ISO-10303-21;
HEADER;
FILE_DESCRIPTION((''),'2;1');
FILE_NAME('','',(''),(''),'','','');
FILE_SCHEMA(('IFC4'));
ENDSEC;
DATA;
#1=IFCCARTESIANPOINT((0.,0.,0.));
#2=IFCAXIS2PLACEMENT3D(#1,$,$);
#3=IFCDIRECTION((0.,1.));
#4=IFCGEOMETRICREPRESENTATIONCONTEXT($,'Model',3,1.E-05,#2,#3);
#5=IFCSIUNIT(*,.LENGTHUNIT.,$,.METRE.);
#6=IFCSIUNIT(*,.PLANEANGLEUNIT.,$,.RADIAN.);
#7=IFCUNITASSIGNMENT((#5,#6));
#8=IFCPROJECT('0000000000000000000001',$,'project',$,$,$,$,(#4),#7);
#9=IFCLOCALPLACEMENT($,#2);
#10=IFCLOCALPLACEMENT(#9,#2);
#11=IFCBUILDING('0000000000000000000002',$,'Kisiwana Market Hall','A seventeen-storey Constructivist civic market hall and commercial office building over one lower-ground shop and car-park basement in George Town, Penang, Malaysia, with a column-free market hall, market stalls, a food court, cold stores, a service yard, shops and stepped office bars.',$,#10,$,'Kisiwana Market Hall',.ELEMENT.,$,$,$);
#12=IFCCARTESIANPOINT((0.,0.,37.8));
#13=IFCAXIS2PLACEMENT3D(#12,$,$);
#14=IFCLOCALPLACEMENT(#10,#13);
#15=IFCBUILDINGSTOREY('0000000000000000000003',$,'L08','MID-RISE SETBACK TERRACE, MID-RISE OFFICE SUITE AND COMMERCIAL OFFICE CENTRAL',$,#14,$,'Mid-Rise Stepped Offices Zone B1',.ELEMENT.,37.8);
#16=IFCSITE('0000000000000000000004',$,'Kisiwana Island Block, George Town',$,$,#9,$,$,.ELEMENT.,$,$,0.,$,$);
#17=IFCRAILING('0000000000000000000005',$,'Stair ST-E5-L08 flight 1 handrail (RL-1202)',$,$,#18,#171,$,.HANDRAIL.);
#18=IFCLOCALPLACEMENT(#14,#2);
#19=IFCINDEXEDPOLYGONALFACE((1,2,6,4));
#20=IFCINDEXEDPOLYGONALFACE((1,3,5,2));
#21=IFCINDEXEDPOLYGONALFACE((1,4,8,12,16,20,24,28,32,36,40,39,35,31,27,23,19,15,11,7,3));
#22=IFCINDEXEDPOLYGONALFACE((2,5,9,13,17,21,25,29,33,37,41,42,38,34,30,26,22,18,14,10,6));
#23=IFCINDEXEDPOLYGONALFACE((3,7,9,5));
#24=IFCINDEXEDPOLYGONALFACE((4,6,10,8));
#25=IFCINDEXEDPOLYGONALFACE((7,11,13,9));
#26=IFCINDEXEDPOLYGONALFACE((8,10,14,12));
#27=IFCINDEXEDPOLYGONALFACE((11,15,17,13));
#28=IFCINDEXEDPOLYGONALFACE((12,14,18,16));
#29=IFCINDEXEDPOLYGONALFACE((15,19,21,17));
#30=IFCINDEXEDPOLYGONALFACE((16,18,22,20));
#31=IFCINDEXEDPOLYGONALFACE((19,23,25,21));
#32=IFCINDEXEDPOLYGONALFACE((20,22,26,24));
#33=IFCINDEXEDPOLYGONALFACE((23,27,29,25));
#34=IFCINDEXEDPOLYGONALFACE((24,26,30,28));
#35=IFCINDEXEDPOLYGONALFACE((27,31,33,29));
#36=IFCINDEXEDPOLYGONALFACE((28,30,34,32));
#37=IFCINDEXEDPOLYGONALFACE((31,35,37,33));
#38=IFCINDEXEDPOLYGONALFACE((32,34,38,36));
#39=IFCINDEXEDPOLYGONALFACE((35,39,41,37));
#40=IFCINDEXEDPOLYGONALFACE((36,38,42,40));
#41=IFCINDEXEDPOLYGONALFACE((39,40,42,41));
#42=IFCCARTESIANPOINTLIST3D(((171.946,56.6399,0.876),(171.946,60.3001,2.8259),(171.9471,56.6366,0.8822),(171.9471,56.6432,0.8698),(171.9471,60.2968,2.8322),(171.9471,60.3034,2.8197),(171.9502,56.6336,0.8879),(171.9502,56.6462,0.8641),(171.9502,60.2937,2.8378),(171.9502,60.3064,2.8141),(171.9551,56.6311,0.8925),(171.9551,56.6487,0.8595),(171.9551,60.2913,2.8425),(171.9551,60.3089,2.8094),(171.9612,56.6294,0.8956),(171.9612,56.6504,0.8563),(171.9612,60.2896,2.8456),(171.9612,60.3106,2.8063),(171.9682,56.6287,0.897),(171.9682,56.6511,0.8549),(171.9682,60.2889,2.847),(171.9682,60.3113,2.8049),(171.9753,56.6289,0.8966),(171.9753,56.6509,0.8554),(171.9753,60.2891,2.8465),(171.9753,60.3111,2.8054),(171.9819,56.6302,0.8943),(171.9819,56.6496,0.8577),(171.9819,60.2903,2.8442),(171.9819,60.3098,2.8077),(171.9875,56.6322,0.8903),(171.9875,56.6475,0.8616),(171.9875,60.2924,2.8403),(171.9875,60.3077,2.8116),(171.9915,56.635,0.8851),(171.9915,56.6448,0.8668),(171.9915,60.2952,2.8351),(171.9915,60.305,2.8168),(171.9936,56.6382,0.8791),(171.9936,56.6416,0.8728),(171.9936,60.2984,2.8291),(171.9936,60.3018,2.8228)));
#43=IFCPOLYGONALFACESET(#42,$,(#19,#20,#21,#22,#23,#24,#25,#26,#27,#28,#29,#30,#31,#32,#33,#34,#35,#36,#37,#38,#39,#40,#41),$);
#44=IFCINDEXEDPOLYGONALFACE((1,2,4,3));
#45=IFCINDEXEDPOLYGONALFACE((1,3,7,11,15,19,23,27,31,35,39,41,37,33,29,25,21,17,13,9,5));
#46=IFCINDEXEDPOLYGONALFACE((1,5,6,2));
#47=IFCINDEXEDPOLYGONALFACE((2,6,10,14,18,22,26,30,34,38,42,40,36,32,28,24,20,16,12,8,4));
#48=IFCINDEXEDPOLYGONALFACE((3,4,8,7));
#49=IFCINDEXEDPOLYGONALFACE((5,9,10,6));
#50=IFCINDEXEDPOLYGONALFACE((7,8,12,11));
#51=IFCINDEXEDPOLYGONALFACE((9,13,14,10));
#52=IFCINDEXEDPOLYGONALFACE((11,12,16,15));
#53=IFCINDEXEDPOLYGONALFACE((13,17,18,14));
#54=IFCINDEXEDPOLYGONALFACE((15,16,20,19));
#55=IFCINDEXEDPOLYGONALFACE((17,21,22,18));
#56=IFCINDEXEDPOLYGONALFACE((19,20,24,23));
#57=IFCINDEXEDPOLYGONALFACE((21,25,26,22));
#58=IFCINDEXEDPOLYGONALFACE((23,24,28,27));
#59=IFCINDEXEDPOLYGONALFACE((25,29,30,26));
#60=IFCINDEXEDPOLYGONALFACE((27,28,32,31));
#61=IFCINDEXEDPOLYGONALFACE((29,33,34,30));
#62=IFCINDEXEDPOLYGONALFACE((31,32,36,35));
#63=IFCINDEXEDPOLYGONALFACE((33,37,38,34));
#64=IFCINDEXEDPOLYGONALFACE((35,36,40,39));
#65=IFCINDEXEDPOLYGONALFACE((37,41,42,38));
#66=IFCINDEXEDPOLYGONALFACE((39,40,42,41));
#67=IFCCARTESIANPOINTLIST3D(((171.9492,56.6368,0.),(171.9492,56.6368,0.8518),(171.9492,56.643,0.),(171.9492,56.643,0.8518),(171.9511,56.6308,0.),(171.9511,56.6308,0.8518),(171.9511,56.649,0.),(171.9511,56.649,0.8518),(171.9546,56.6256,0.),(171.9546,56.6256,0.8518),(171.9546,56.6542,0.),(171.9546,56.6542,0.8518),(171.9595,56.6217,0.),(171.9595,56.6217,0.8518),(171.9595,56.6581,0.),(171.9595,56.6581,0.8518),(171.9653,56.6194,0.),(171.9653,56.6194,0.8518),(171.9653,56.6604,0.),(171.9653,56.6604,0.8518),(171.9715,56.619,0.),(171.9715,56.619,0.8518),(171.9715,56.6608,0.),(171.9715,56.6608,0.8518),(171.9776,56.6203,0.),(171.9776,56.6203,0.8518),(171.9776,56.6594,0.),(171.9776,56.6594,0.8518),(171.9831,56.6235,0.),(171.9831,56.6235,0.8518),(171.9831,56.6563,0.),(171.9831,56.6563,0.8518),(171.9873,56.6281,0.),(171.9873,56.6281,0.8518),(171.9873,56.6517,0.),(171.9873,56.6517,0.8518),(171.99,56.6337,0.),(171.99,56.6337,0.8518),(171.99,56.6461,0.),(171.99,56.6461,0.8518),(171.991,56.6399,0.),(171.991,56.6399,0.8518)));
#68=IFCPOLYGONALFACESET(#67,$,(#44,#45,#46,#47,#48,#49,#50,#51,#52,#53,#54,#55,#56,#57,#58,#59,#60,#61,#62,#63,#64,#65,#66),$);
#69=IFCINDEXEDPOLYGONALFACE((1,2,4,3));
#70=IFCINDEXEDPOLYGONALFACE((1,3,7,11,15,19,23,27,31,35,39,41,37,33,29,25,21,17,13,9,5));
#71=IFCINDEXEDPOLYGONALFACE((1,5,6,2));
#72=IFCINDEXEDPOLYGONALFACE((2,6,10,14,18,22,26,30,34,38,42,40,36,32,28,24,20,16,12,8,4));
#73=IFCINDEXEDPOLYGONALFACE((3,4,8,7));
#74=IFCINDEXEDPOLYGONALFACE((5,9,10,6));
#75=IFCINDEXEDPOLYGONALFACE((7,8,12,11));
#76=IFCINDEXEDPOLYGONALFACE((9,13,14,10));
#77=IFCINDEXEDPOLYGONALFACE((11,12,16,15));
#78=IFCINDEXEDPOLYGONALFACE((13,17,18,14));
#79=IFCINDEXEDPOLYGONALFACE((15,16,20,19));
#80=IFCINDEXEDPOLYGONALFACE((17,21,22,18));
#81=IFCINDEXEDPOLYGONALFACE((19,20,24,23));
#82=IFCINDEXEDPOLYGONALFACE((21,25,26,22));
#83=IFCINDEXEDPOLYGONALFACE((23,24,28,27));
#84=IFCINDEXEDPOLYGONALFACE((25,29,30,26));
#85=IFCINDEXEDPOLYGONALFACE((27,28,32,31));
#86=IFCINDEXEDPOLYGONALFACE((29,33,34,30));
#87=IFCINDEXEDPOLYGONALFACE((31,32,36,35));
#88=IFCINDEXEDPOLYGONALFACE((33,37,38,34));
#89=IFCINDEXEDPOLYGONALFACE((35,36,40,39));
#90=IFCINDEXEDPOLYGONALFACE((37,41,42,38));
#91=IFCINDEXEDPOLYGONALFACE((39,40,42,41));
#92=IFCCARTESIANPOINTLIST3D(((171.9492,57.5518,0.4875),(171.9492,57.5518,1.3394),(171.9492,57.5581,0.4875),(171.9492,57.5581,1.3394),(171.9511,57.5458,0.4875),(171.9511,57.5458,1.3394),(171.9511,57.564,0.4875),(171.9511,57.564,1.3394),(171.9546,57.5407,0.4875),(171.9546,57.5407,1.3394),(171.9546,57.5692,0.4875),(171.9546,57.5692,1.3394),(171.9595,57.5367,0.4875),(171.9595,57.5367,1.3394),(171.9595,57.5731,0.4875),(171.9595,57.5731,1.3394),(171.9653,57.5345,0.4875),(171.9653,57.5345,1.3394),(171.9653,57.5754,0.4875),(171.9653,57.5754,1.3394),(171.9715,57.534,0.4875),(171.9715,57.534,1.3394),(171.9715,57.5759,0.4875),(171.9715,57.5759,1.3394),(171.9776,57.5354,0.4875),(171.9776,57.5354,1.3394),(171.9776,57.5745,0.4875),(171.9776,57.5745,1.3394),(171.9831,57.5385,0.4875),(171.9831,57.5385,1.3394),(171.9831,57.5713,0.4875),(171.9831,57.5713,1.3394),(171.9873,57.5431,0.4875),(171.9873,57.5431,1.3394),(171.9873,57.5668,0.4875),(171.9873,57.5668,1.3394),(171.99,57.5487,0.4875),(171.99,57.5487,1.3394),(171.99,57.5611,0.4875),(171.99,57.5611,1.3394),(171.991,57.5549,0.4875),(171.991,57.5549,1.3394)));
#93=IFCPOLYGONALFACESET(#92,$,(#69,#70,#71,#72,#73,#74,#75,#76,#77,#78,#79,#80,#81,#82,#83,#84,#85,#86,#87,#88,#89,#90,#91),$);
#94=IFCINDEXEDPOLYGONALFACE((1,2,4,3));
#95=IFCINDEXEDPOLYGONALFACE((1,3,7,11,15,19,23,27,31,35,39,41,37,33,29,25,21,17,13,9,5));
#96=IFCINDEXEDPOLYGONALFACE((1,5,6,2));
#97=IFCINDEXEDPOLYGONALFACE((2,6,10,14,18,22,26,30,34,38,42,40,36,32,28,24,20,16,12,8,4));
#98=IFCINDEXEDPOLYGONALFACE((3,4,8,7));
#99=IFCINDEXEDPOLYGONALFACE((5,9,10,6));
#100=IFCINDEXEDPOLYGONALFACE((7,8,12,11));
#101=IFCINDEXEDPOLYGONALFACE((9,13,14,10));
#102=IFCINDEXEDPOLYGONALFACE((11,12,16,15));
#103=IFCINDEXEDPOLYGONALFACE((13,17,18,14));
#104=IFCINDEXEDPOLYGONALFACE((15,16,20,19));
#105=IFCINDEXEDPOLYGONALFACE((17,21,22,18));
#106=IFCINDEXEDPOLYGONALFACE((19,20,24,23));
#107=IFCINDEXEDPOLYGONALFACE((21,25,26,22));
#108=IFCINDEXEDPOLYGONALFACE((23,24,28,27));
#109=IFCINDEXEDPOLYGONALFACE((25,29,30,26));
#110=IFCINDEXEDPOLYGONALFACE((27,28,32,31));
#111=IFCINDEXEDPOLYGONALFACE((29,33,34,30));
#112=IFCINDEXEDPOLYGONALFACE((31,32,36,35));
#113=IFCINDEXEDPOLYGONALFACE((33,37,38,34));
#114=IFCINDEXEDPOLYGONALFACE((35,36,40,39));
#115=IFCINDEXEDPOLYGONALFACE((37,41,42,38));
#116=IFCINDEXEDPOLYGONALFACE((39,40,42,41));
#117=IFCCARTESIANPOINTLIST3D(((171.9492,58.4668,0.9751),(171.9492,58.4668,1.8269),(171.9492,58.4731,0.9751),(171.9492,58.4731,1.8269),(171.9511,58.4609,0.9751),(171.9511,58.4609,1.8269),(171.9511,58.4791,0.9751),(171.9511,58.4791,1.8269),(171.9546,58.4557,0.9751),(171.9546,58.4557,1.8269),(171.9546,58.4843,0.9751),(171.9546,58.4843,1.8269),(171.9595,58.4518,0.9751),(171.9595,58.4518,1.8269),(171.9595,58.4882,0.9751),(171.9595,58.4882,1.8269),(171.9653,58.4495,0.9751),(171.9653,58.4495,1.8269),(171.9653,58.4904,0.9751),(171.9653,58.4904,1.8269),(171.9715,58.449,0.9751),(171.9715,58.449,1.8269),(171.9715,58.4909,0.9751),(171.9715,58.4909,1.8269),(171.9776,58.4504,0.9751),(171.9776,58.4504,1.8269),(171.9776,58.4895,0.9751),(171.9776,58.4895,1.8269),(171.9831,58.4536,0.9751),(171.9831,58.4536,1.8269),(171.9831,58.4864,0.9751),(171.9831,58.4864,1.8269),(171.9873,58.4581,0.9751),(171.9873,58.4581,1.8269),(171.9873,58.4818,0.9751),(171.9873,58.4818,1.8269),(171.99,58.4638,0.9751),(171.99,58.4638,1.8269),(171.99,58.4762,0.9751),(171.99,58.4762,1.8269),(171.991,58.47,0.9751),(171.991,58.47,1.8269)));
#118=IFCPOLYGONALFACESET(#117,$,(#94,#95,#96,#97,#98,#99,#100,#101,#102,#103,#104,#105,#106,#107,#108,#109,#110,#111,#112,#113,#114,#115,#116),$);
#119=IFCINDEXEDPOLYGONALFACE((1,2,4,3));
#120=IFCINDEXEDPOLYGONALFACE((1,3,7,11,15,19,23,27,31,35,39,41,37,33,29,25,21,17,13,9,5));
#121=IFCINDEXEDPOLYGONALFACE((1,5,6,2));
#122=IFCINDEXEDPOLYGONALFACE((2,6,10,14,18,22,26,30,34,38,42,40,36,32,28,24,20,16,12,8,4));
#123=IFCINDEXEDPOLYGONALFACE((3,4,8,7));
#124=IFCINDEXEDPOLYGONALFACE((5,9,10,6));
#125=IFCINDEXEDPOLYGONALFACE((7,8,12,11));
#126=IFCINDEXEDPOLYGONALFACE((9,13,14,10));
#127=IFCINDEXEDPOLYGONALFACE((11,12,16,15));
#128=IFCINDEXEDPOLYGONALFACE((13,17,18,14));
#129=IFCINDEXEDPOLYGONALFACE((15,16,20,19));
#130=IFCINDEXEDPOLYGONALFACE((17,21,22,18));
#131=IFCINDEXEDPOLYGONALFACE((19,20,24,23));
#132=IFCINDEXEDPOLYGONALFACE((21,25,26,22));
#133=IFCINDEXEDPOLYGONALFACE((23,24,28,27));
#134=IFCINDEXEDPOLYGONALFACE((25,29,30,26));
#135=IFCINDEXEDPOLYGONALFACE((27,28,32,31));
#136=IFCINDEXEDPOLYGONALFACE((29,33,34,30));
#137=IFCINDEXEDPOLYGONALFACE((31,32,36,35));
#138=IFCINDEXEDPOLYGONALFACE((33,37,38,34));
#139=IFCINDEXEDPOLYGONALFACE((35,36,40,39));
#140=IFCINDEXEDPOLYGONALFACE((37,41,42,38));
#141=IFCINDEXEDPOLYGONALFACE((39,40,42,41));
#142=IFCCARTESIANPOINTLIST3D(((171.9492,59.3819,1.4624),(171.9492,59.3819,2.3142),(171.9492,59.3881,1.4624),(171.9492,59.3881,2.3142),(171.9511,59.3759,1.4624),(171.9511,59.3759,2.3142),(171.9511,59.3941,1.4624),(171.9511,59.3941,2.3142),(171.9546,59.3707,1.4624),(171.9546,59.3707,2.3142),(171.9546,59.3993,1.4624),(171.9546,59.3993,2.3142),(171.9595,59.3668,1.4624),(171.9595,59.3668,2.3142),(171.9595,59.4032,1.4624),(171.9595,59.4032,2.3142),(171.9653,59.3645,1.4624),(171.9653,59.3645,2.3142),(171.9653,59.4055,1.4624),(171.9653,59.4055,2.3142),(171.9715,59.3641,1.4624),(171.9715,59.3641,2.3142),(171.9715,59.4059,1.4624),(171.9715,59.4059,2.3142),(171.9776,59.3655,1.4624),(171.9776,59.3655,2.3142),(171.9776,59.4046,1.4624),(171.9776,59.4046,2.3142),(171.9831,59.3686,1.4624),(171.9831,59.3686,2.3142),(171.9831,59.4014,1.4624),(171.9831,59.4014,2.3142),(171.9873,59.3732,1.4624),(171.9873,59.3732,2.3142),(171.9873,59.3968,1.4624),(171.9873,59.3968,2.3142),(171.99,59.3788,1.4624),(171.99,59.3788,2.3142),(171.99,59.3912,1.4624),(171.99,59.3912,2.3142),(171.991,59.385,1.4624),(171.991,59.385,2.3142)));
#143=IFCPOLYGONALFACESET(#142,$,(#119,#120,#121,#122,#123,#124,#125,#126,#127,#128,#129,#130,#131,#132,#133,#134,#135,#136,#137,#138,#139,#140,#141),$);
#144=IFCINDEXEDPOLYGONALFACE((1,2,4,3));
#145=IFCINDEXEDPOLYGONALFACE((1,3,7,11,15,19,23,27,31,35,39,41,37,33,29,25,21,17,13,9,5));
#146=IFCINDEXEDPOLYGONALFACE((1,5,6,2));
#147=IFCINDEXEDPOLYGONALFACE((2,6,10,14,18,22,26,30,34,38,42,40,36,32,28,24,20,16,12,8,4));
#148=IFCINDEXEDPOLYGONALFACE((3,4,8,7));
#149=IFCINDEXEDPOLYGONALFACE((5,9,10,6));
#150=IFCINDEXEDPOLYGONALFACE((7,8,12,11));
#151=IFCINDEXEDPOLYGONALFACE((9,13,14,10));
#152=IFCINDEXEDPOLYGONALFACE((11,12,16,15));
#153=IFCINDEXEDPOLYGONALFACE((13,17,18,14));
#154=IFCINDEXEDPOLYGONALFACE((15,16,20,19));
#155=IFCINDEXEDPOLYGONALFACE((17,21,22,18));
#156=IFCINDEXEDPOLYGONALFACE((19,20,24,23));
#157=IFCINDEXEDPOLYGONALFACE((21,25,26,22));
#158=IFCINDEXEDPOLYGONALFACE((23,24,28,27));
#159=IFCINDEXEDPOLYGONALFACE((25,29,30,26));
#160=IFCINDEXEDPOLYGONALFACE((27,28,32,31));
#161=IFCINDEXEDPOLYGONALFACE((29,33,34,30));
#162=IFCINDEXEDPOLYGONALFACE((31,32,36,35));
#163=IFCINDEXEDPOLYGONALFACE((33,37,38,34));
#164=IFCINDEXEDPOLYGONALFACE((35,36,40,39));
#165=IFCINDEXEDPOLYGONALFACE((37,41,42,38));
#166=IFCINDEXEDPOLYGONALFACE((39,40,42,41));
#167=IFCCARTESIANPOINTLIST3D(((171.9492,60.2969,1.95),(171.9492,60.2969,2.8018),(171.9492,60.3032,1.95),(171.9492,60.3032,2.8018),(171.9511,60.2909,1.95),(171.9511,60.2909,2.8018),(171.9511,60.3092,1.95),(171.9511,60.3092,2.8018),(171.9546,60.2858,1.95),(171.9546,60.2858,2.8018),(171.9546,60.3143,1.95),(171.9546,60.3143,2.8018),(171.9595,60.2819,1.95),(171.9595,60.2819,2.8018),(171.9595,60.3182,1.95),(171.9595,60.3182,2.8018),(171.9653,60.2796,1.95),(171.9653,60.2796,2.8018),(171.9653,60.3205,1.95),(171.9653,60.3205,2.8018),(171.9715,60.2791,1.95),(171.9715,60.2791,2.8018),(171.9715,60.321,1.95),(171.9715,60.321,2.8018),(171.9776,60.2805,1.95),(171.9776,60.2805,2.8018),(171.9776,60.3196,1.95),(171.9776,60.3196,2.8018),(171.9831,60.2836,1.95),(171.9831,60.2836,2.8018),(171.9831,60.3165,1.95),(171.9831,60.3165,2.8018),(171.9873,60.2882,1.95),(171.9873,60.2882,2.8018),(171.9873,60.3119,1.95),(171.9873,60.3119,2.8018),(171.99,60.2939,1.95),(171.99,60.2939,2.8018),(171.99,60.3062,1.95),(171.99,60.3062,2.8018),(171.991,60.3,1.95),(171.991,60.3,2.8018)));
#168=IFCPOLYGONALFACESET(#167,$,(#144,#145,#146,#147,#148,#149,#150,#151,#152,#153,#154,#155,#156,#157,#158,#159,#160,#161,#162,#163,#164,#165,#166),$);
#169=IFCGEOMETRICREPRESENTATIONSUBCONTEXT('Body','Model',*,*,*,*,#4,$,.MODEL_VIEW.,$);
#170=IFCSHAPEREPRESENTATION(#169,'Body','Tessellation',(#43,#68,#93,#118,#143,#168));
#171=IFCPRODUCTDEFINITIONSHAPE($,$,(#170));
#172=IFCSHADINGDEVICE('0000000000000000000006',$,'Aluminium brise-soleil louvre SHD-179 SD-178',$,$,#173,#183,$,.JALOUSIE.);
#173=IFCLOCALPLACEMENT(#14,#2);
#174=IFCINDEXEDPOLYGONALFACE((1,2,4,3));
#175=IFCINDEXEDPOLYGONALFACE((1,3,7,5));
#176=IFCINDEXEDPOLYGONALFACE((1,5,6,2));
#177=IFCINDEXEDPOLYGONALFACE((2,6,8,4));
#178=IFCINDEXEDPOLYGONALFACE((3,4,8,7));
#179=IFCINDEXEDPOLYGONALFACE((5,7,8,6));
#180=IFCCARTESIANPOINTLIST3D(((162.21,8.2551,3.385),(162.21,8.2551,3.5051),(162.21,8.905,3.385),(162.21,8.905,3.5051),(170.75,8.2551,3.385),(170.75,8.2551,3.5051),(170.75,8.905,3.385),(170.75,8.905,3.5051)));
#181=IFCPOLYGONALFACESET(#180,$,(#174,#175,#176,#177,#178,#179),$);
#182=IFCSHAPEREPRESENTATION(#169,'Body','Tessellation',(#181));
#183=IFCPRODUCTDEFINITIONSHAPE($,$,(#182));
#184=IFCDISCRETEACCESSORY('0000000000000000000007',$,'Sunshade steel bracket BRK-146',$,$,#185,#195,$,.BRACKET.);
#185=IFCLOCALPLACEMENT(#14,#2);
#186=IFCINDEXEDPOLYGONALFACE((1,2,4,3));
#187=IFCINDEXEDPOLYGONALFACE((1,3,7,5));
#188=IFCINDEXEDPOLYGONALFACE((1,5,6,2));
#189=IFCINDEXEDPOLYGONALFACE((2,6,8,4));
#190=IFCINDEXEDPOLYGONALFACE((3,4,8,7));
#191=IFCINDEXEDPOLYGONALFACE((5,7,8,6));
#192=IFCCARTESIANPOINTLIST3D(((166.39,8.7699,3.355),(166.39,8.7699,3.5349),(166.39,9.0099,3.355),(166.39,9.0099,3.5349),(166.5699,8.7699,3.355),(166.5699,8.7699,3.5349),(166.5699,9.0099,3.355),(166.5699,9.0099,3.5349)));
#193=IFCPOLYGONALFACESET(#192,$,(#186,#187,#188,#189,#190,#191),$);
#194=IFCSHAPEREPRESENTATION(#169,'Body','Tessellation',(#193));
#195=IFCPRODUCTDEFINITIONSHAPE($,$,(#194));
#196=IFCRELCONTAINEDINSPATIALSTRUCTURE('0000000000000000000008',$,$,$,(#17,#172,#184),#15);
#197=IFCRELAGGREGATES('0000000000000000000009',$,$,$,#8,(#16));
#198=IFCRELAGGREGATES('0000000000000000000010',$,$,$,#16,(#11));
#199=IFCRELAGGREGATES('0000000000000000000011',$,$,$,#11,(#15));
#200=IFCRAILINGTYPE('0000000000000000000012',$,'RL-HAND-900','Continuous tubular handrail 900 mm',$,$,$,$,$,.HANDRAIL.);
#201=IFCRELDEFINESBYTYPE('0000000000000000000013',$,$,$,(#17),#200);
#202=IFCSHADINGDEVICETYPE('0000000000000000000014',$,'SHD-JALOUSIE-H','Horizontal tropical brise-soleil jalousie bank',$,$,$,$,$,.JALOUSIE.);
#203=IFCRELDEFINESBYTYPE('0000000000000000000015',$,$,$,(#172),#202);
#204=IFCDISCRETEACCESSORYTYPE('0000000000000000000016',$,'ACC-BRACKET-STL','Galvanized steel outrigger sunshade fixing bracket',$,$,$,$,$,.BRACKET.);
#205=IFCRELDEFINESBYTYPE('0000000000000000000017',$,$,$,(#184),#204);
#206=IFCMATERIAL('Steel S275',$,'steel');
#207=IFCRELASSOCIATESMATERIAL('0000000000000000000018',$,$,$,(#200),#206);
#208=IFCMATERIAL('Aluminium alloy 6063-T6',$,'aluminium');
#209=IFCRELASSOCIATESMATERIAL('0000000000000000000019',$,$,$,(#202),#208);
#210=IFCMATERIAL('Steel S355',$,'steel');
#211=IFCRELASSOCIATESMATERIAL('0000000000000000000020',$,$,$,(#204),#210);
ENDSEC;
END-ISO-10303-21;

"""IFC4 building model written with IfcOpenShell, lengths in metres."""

from ifc_helpers import new_model, si_unit, direction, frame, origin, origin_2d, place, context, subcontext, project, spatial, rectangle, circle, extrude, material, type_object, element, save


model = new_model("IFC4")

# Units and contexts
model_context = context("Model", 3, precision=1e-05, world=origin(), true_north=direction((0.0, 1.0)))
body_context = subcontext(model_context, "Body", "Model", "MODEL_VIEW")
ifc_project = project(units=[si_unit("LENGTHUNIT", "METRE"), si_unit("PLANEANGLEUNIT", "RADIAN")], contexts=[model_context])

# Site, building, storey
site_placement = place(None, origin())
site = spatial("IfcSite", under=ifc_project, at=site_placement, Name="Kisiwana Island Block, George Town", CompositionType="ELEMENT", RefElevation=0.0)
building_placement = place(site_placement, origin())
building = spatial("IfcBuilding", under=site, at=building_placement, Name="Kisiwana Market Hall", Description="A seventeen-storey Constructivist civic market hall and commercial office building over one lower-ground shop and car-park basement in George Town, Penang, Malaysia, with a column-free market hall, market stalls, a food court, cold stores, a service yard, shops and stepped office bars.", LongName="Kisiwana Market Hall", CompositionType="ELEMENT")
storey_placement = place(building_placement, frame((0.0, 0.0, 37.8)))
storey = spatial("IfcBuildingStorey", under=building, at=storey_placement, Name="L08", Description="MID-RISE SETBACK TERRACE, MID-RISE OFFICE SUITE AND COMMERCIAL OFFICE CENTRAL", LongName="Mid-Rise Stepped Offices Zone B1", CompositionType="ELEMENT", Elevation=37.8)

# Railing
ifc_material_1 = material(Name="Steel S275", Category="steel")
railing_type_1 = type_object("IfcRailingType", Name="RL-HAND-900", Description="Continuous tubular handrail 900 mm", PredefinedType="HANDRAIL", material=ifc_material_1)
railing_1_placement = place(storey_placement, frame((171.97, 56.6399, 0.0)))
element("IfcRailing", 1, at=railing_1_placement, inside=storey, type_object=railing_type_1, Name="Stair ST-E5-L08 flight 1 handrail (RL-1202)", PredefinedType="HANDRAIL", context=body_context, shape_type="SweptSolid", body=[
    extrude(circle(Radius=0.0239, at=origin_2d()), frame((0.0, 0.0, 0.876), z_axis=(0.0, 0.882566, 0.470188), x_axis=(-1.0, 0.0, 0.0)), (0.0, 0.0, 1.0), 4.1472),
    extrude(circle(Radius=0.021, at=origin_2d()), origin(), (0.0, 0.0, 1.0), 0.8518),
    extrude(circle(Radius=0.021, at=origin_2d()), frame((0.0, 0.915, 0.4875)), (0.0, 0.0, 1.0), 0.8518),
    extrude(circle(Radius=0.021, at=origin_2d()), frame((0.0, 1.8301, 0.9751)), (0.0, 0.0, 1.0), 0.8518),
    extrude(circle(Radius=0.021, at=origin_2d()), frame((0.0, 2.7451, 1.4624)), (0.0, 0.0, 1.0), 0.8518),
    extrude(circle(Radius=0.021, at=origin_2d()), frame((0.0, 3.6602, 1.95)), (0.0, 0.0, 1.0), 0.8518),
])

# Shading device
ifc_material_2 = material(Name="Aluminium alloy 6063-T6", Category="aluminium")
shading_device_type = type_object("IfcShadingDeviceType", Name="SHD-JALOUSIE-H", Description="Horizontal tropical brise-soleil jalousie bank", PredefinedType="JALOUSIE", material=ifc_material_2)
shading_device_placement = place(storey_placement, frame((166.48, 8.5801, 3.385), z_axis=(0.0, 0.0, 1.0), x_axis=(1.0, 0.0, 0.0)))
element("IfcShadingDevice", 2, at=shading_device_placement, inside=storey, type_object=shading_device_type, Name="Aluminium brise-soleil louvre SHD-179 SD-178", PredefinedType="JALOUSIE", context=body_context, shape_type="SweptSolid", body=[
    extrude(rectangle(XDim=8.54, YDim=0.6499, at=origin_2d()), origin(), (0.0, 0.0, 1.0), 0.1201),
])

# Discrete accessory
ifc_material_3 = material(Name="Steel S355", Category="steel")
discrete_accessory_type = type_object("IfcDiscreteAccessoryType", Name="ACC-BRACKET-STL", Description="Galvanized steel outrigger sunshade fixing bracket", PredefinedType="BRACKET", material=ifc_material_3)
discrete_accessory_placement = place(storey_placement, frame((166.48, 8.8899, 3.355), z_axis=(0.0, 0.0, 1.0), x_axis=(1.0, 0.0, 0.0)))
element("IfcDiscreteAccessory", 3, at=discrete_accessory_placement, inside=storey, type_object=discrete_accessory_type, Name="Sunshade steel bracket BRK-146", PredefinedType="BRACKET", context=body_context, shape_type="SweptSolid", body=[
    extrude(rectangle(XDim=0.1799, YDim=0.24, at=origin_2d()), origin(), (0.0, 0.0, 1.0), 0.1799),
])

save(model, "model.ifc")
